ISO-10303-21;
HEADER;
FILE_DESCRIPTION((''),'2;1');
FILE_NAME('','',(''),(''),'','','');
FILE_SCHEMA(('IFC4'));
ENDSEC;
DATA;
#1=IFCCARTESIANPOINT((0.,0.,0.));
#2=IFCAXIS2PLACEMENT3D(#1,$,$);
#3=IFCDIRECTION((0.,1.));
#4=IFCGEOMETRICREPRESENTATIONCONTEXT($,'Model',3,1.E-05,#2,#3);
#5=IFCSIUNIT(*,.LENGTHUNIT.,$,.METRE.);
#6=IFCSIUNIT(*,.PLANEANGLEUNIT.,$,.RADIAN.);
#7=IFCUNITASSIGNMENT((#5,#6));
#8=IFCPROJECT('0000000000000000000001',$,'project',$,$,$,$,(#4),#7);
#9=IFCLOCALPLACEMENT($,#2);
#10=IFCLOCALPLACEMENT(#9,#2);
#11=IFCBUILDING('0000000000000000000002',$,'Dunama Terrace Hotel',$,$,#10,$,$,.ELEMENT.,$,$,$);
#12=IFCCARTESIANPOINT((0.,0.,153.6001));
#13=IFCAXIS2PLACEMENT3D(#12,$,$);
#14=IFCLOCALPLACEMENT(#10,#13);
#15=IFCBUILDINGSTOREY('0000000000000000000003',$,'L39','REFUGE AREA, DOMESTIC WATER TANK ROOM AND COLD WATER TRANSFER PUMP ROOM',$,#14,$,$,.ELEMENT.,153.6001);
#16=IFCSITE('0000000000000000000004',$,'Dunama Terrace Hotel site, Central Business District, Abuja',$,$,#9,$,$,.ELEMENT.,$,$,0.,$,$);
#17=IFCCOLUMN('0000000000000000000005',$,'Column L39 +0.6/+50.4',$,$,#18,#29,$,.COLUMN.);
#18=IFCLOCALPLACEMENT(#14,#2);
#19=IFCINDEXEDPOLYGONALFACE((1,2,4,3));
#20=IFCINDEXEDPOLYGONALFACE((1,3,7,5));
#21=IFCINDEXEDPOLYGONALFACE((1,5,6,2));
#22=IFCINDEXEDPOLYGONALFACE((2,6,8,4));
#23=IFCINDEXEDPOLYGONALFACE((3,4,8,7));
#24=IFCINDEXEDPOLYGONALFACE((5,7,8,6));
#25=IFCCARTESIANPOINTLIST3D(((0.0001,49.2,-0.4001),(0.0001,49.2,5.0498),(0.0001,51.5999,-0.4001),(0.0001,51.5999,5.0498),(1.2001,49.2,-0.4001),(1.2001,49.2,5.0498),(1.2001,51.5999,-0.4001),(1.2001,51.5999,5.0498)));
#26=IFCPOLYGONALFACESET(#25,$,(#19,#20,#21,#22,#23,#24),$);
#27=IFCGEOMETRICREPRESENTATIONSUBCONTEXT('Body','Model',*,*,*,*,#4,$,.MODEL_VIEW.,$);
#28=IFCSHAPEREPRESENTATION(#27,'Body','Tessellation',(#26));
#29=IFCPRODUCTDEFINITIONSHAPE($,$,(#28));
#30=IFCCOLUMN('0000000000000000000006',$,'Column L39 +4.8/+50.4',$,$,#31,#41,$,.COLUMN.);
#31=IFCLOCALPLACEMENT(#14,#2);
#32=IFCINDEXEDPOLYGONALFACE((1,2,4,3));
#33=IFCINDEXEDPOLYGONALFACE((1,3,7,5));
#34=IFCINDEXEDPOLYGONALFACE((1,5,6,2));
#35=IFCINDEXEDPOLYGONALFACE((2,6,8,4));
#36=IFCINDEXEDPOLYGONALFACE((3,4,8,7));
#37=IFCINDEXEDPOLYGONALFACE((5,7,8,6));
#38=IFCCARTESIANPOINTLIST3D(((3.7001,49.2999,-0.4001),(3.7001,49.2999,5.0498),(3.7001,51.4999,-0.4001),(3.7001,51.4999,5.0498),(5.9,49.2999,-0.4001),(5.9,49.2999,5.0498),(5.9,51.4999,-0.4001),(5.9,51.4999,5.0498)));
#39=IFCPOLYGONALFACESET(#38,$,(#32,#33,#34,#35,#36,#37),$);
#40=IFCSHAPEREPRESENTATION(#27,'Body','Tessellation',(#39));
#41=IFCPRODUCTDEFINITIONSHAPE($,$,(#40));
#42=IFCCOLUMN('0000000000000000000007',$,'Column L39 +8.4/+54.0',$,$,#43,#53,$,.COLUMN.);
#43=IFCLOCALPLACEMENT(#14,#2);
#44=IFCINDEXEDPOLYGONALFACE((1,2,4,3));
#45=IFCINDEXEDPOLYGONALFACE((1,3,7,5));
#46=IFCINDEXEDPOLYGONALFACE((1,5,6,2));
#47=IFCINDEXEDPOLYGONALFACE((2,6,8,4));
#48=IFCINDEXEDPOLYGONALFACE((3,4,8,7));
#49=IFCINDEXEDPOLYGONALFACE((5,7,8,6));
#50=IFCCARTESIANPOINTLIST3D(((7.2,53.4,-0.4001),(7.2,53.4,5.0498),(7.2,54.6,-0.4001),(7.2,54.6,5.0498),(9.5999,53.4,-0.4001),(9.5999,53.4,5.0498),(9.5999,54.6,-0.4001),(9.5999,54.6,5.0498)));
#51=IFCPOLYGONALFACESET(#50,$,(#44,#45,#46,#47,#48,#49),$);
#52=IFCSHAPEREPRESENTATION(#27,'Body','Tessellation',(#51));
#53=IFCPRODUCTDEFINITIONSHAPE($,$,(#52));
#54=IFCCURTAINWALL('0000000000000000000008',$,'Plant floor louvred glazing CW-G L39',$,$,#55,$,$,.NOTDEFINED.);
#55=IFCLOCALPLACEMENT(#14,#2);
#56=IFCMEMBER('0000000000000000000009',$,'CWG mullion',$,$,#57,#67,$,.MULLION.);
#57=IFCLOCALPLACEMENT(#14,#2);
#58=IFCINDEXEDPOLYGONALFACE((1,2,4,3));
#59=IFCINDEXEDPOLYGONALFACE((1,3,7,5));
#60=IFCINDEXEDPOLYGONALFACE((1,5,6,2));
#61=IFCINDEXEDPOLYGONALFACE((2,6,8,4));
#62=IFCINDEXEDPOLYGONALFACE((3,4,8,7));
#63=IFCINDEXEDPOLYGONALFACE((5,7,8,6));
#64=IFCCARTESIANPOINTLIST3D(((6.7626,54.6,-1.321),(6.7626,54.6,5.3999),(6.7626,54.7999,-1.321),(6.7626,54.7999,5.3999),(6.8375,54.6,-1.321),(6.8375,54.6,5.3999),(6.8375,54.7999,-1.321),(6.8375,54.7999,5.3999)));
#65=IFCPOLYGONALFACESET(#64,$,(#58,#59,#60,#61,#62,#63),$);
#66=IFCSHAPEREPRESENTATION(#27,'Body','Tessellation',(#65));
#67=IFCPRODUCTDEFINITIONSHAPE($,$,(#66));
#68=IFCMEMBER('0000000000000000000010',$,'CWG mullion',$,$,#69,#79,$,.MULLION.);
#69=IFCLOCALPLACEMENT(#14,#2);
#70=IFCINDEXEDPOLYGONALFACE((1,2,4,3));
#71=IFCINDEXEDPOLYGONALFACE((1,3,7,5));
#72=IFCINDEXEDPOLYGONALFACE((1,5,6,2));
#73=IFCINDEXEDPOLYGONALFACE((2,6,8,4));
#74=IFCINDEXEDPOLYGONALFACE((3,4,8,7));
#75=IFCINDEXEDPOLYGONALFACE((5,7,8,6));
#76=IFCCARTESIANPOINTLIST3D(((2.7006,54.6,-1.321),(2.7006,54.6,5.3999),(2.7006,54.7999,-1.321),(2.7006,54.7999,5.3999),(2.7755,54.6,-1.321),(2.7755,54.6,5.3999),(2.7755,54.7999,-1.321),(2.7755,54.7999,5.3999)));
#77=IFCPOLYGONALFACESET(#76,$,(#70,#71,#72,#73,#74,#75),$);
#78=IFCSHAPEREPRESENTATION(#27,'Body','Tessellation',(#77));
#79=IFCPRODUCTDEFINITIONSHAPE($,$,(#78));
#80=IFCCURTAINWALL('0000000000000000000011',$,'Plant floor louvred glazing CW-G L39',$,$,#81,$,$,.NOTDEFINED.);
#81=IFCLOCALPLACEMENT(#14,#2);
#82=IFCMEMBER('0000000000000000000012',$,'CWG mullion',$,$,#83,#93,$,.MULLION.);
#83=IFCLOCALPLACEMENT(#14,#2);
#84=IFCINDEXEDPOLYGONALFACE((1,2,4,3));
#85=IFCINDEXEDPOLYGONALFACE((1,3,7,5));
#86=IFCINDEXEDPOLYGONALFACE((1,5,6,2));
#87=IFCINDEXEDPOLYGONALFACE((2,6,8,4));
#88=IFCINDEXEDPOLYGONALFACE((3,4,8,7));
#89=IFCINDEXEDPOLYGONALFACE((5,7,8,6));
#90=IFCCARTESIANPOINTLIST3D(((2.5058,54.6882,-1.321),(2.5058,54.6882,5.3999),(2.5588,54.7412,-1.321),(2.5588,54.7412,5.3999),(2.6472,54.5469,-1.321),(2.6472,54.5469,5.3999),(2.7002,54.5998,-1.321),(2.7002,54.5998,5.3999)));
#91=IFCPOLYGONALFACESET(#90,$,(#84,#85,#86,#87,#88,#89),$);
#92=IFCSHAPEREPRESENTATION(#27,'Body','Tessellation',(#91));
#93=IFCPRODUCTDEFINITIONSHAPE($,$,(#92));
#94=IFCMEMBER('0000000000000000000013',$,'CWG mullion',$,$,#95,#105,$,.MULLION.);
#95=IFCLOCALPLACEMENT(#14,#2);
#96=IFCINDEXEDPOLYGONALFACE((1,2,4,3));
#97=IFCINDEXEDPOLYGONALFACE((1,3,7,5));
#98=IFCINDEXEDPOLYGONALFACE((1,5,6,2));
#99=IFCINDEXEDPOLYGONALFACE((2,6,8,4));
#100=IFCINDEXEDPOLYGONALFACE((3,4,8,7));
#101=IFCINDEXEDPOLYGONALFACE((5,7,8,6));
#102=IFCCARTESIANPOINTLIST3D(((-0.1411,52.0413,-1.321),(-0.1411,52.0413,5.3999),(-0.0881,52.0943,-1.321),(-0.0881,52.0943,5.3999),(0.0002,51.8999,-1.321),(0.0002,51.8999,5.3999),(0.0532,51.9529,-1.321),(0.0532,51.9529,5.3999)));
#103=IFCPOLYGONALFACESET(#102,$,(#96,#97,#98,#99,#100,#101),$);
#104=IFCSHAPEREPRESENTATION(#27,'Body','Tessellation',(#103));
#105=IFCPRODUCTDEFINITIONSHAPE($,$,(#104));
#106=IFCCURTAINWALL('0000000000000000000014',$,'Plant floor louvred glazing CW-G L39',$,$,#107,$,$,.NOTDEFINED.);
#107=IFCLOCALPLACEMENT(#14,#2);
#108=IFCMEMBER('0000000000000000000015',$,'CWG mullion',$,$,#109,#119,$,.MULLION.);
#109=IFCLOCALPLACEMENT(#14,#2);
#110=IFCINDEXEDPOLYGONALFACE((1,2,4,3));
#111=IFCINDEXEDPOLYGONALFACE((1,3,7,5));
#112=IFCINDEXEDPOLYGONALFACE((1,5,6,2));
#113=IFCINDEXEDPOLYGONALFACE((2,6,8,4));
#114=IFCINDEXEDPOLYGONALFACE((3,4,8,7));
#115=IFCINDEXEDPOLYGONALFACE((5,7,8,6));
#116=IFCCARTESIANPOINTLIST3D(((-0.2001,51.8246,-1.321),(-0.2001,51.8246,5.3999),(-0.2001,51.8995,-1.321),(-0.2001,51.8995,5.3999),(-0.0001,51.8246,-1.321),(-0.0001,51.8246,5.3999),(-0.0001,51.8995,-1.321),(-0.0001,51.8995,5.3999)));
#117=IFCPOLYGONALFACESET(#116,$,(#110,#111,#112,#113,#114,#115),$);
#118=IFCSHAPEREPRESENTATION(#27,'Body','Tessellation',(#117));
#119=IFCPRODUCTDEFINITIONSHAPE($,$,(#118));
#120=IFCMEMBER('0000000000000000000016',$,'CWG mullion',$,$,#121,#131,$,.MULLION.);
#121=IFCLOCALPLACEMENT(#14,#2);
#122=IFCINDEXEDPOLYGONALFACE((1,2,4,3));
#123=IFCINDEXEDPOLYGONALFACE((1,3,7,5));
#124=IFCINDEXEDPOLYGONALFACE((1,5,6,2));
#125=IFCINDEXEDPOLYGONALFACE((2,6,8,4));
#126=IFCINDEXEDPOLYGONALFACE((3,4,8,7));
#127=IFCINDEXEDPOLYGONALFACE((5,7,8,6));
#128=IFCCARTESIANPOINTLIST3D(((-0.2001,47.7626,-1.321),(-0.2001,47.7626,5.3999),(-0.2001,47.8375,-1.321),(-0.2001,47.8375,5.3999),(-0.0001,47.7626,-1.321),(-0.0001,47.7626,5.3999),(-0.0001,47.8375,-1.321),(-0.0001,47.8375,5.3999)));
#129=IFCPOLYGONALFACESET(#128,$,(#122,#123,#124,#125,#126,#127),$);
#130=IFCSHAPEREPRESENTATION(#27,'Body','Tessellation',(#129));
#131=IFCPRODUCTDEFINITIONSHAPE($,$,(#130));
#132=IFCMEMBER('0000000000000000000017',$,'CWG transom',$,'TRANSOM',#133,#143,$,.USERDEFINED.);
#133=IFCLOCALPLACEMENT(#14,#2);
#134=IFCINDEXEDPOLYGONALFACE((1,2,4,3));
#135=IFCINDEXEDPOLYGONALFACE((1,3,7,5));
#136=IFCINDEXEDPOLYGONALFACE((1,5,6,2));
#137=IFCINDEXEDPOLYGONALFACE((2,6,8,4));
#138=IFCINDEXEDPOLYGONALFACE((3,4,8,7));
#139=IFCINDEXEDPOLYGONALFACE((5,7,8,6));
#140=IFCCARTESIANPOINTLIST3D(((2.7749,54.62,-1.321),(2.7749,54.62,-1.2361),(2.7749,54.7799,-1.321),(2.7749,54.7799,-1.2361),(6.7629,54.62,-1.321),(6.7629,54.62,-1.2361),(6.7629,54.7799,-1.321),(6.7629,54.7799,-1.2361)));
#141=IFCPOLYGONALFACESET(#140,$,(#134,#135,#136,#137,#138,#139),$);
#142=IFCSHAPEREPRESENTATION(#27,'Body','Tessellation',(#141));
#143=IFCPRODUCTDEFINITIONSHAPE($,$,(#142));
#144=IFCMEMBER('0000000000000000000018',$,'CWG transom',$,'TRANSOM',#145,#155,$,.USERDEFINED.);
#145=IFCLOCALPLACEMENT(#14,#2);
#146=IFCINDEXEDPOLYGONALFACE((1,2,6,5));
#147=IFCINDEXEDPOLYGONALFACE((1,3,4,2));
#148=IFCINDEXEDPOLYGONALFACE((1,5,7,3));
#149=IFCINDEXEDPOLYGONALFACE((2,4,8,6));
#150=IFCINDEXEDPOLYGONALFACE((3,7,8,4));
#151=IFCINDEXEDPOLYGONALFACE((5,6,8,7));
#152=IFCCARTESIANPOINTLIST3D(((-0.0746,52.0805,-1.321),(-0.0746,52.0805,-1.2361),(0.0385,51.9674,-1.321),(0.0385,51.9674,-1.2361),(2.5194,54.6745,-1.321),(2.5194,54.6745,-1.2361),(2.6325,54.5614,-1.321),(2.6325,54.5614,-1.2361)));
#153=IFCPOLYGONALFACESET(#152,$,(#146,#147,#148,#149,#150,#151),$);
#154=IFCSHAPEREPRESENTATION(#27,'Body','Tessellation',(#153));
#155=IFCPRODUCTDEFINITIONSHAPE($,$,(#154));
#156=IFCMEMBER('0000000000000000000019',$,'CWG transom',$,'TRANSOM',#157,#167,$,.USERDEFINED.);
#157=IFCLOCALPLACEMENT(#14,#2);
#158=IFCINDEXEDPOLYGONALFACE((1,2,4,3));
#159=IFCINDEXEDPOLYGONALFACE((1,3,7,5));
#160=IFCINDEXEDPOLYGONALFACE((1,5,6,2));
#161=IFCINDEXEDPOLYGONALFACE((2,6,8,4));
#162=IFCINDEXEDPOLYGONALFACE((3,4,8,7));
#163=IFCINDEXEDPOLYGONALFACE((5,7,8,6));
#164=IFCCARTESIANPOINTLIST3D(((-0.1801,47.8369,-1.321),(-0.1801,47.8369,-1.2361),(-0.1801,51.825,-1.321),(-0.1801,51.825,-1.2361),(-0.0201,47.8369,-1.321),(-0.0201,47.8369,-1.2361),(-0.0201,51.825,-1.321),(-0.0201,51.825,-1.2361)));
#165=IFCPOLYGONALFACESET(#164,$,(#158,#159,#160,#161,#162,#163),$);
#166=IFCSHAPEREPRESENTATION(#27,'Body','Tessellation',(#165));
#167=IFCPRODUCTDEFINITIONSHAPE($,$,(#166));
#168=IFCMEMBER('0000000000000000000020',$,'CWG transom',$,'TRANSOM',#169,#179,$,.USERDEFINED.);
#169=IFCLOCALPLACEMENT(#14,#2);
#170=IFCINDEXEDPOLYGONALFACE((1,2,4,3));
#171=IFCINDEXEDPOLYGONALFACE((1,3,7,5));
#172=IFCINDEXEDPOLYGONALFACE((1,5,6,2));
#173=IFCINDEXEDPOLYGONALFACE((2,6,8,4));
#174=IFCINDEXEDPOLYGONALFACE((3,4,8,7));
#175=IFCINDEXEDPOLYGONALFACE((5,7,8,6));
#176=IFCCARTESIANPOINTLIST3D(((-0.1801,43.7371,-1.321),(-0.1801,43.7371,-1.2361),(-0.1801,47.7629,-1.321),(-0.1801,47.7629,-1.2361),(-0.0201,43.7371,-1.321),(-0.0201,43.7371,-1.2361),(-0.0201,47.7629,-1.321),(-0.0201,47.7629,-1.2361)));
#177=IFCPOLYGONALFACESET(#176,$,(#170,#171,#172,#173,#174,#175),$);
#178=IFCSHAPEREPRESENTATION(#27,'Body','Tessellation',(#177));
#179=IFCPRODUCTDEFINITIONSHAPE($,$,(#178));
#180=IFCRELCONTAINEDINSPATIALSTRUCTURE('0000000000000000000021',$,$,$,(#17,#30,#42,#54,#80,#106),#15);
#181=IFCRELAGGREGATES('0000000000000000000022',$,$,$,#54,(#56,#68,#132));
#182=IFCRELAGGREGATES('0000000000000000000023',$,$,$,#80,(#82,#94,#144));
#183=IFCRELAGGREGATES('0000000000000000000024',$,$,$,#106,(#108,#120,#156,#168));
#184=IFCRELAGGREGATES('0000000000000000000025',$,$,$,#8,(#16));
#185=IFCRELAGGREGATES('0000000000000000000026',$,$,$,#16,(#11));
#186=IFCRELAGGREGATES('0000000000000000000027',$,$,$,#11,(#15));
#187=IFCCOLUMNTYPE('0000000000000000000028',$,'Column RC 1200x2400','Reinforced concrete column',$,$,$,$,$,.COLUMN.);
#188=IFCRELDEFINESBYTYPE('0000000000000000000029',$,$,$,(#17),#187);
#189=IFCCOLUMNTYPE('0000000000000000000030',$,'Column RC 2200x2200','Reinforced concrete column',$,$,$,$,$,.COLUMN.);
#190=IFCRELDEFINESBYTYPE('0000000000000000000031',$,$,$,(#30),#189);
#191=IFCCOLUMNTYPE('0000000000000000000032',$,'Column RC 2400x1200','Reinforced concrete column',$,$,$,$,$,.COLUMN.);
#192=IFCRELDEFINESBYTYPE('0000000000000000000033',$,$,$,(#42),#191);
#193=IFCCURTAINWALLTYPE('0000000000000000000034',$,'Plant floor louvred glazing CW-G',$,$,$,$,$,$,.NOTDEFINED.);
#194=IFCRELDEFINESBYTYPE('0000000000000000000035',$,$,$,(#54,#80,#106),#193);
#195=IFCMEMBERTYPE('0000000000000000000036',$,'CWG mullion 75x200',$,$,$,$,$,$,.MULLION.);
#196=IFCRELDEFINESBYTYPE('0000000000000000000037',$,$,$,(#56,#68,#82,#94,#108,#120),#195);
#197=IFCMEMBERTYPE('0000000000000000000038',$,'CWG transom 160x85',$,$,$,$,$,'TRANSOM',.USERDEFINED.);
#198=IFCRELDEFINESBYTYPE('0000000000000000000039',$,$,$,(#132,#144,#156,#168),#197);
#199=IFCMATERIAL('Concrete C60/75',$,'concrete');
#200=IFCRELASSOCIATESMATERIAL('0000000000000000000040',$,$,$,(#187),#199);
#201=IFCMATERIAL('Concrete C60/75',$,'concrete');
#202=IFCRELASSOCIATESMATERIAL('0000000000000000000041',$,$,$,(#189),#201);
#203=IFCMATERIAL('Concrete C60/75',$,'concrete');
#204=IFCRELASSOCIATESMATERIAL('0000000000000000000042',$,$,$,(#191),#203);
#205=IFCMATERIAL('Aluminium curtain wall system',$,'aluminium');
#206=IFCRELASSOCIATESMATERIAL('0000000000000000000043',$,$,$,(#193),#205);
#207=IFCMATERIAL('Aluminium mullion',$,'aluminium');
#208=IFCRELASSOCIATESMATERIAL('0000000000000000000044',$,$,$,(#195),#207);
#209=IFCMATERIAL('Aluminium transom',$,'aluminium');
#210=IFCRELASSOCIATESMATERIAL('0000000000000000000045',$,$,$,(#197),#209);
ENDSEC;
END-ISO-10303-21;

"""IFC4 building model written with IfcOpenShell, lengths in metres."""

from ifc_helpers import new_model, si_unit, direction, frame, origin, origin_2d, place, context, subcontext, project, spatial, rectangle, extrude, material, material_profile, profile_set, type_object, element, aggregate, save


model = new_model("IFC4")

# Units and contexts
model_context = context("Model", 3, precision=1e-05, world=origin(), true_north=direction((0.0, 1.0)))
body_context = subcontext(model_context, "Body", "Model", "MODEL_VIEW")
ifc_project = project(units=[si_unit("LENGTHUNIT", "METRE"), si_unit("PLANEANGLEUNIT", "RADIAN")], contexts=[model_context])

# Site, building, storey
site_placement = place(None, origin())
site = spatial("IfcSite", under=ifc_project, at=site_placement, Name="Dunama Terrace Hotel site, Central Business District, Abuja", CompositionType="ELEMENT", RefElevation=0.0)
building_placement = place(site_placement, origin())
building = spatial("IfcBuilding", under=site, at=building_placement, Name="Dunama Terrace Hotel", CompositionType="ELEMENT")
storey_placement = place(building_placement, frame((0.0, 0.0, 153.6001)))
storey = spatial("IfcBuildingStorey", under=building, at=storey_placement, Name="L39", Description="REFUGE AREA, DOMESTIC WATER TANK ROOM AND COLD WATER TRANSFER PUMP ROOM", CompositionType="ELEMENT", Elevation=153.6001)

# Columns
ifc_material_1 = material(Name="Concrete C60/75", Category="concrete")
ifc_material_profile_1 = material_profile(ifc_material_1, rectangle(XDim=1.2, YDim=2.3999, at=origin_2d()), Name="RC 1200x2400")
ifc_profile_set_1 = profile_set([ifc_material_profile_1], Name="Concrete C60/75")
column_type_1 = type_object("IfcColumnType", Name="Column RC 1200x2400", Description="Reinforced concrete column", PredefinedType="COLUMN", material=ifc_profile_set_1)
column_1_placement = place(storey_placement, frame((0.6001, 50.3999, -0.4001), z_axis=(0.0, 0.0, 1.0), x_axis=(1.0, 0.0, 0.0)))
element("IfcColumn", 1, at=column_1_placement, inside=storey, type_object=column_type_1, Name="Column L39 +0.6/+50.4", PredefinedType="COLUMN", context=body_context, shape_type="SweptSolid", body=[
    extrude(rectangle(XDim=1.2, YDim=2.3999, at=origin_2d()), origin(), (0.0, 0.0, 1.0), 5.45),
])
ifc_material_2 = material(Name="Concrete C60/75", Category="concrete")
ifc_material_profile_2 = material_profile(ifc_material_2, rectangle(XDim=2.2, YDim=2.2, at=origin_2d()), Name="RC 2200x2200")
ifc_profile_set_2 = profile_set([ifc_material_profile_2], Name="Concrete C60/75")
column_type_2 = type_object("IfcColumnType", Name="Column RC 2200x2200", Description="Reinforced concrete column", PredefinedType="COLUMN", material=ifc_profile_set_2)
column_2_placement = place(storey_placement, frame((4.8, 50.3999, -0.4001), z_axis=(0.0, 0.0, 1.0), x_axis=(1.0, 0.0, 0.0)))
element("IfcColumn", 2, at=column_2_placement, inside=storey, type_object=column_type_2, Name="Column L39 +4.8/+50.4", PredefinedType="COLUMN", context=body_context, shape_type="SweptSolid", body=[
    extrude(rectangle(XDim=2.2, YDim=2.2, at=origin_2d()), origin(), (0.0, 0.0, 1.0), 5.45),
])
ifc_material_3 = material(Name="Concrete C60/75", Category="concrete")
ifc_material_profile_3 = material_profile(ifc_material_3, rectangle(XDim=2.3999, YDim=1.2, at=origin_2d()), Name="RC 2400x1200")
ifc_profile_set_3 = profile_set([ifc_material_profile_3], Name="Concrete C60/75")
column_type_3 = type_object("IfcColumnType", Name="Column RC 2400x1200", Description="Reinforced concrete column", PredefinedType="COLUMN", material=ifc_profile_set_3)
column_3_placement = place(storey_placement, frame((8.3999, 54.0, -0.4001), z_axis=(0.0, 0.0, 1.0), x_axis=(1.0, 0.0, 0.0)))
element("IfcColumn", 3, at=column_3_placement, inside=storey, type_object=column_type_3, Name="Column L39 +8.4/+54.0", PredefinedType="COLUMN", context=body_context, shape_type="SweptSolid", body=[
    extrude(rectangle(XDim=2.3999, YDim=1.2, at=origin_2d()), origin(), (0.0, 0.0, 1.0), 5.45),
])

# Curtain walls, members
ifc_material_4 = material(Name="Aluminium curtain wall system", Category="aluminium")
curtain_wall_type = type_object("IfcCurtainWallType", Name="Plant floor louvred glazing CW-G", PredefinedType="NOTDEFINED", material=ifc_material_4)
curtain_wall_1_placement = place(storey_placement, origin())
curtain_wall_1 = element("IfcCurtainWall", 4, at=curtain_wall_1_placement, inside=storey, type_object=curtain_wall_type, Name="Plant floor louvred glazing CW-G L39", PredefinedType="NOTDEFINED")
ifc_material_5 = material(Name="Aluminium mullion", Category="aluminium")
ifc_material_profile_4 = material_profile(ifc_material_5, rectangle(XDim=0.075, YDim=0.2, at=origin_2d()), Name="CWG MULLION 75X200")
ifc_profile_set_4 = profile_set([ifc_material_profile_4], Name="Aluminium mullion")
member_type_1 = type_object("IfcMemberType", Name="CWG mullion 75x200", PredefinedType="MULLION", material=ifc_profile_set_4)
member_1_placement = place(storey_placement, frame((6.8, 54.7, -1.321), z_axis=(0.0, 0.0, 1.0), x_axis=(-1.0, 0.0, 0.0)))
member_1 = element("IfcMember", 5, at=member_1_placement, type_object=member_type_1, Name="CWG mullion", PredefinedType="MULLION", context=body_context, shape_type="SweptSolid", body=[
    extrude(rectangle(XDim=0.075, YDim=0.2, at=origin_2d()), origin(), (0.0, 0.0, 1.0), 6.7209),
])
member_2_placement = place(storey_placement, frame((2.738, 54.7, -1.321), z_axis=(0.0, 0.0, 1.0), x_axis=(-1.0, 0.0, 0.0)))
member_2 = element("IfcMember", 6, at=member_2_placement, type_object=member_type_1, Name="CWG mullion", PredefinedType="MULLION", context=body_context, shape_type="SweptSolid", body=[
    extrude(rectangle(XDim=0.075, YDim=0.2, at=origin_2d()), origin(), (0.0, 0.0, 1.0), 6.7209),
])
curtain_wall_2_placement = place(storey_placement, origin())
curtain_wall_2 = element("IfcCurtainWall", 7, at=curtain_wall_2_placement, inside=storey, type_object=curtain_wall_type, Name="Plant floor louvred glazing CW-G L39", PredefinedType="NOTDEFINED")
member_3_placement = place(storey_placement, frame((2.603, 54.644, -1.321), z_axis=(0.0, 0.0, 1.0), x_axis=(-0.707107, -0.707107, 0.0)))
member_3 = element("IfcMember", 8, at=member_3_placement, type_object=member_type_1, Name="CWG mullion", PredefinedType="MULLION", context=body_context, shape_type="SweptSolid", body=[
    extrude(rectangle(XDim=0.075, YDim=0.2, at=origin_2d()), origin(), (0.0, 0.0, 1.0), 6.7209),
])
member_4_placement = place(storey_placement, frame((-0.0439, 51.9971, -1.321), z_axis=(0.0, 0.0, 1.0), x_axis=(-0.707107, -0.707107, 0.0)))
member_4 = element("IfcMember", 9, at=member_4_placement, type_object=member_type_1, Name="CWG mullion", PredefinedType="MULLION", context=body_context, shape_type="SweptSolid", body=[
    extrude(rectangle(XDim=0.075, YDim=0.2, at=origin_2d()), origin(), (0.0, 0.0, 1.0), 6.7209),
])
curtain_wall_3_placement = place(storey_placement, origin())
curtain_wall_3 = element("IfcCurtainWall", 10, at=curtain_wall_3_placement, inside=storey, type_object=curtain_wall_type, Name="Plant floor louvred glazing CW-G L39", PredefinedType="NOTDEFINED")
member_5_placement = place(storey_placement, frame((-0.1001, 51.8621, -1.321), z_axis=(0.0, 0.0, 1.0), x_axis=(0.0, -1.0, 0.0)))
member_5 = element("IfcMember", 11, at=member_5_placement, type_object=member_type_1, Name="CWG mullion", PredefinedType="MULLION", context=body_context, shape_type="SweptSolid", body=[
    extrude(rectangle(XDim=0.075, YDim=0.2, at=origin_2d()), origin(), (0.0, 0.0, 1.0), 6.7209),
])
member_6_placement = place(storey_placement, frame((-0.1001, 47.8, -1.321), z_axis=(0.0, 0.0, 1.0), x_axis=(0.0, -1.0, 0.0)))
member_6 = element("IfcMember", 12, at=member_6_placement, type_object=member_type_1, Name="CWG mullion", PredefinedType="MULLION", context=body_context, shape_type="SweptSolid", body=[
    extrude(rectangle(XDim=0.075, YDim=0.2, at=origin_2d()), origin(), (0.0, 0.0, 1.0), 6.7209),
])

# Members
ifc_material_6 = material(Name="Aluminium transom", Category="aluminium")
ifc_material_profile_5 = material_profile(ifc_material_6, rectangle(XDim=0.1599, YDim=0.085, at=origin_2d()), Name="CWG TRANSOM 160X85")
ifc_profile_set_5 = profile_set([ifc_material_profile_5], Name="Aluminium transom")
member_type_2 = type_object("IfcMemberType", Name="CWG transom 160x85", ElementType="TRANSOM", PredefinedType="USERDEFINED", material=ifc_profile_set_5)
member_7_placement = place(storey_placement, frame((6.7629, 54.7, -1.2786), z_axis=(-1.0, 0.0, 0.0), x_axis=(0.0, -1.0, 0.0)))
member_7 = element("IfcMember", 13, at=member_7_placement, type_object=member_type_2, Name="CWG transom", ObjectType="TRANSOM", PredefinedType="USERDEFINED", context=body_context, shape_type="SweptSolid", body=[
    extrude(rectangle(XDim=0.1599, YDim=0.085, at=origin_2d()), origin(), (0.0, 0.0, 1.0), 3.988),
])
member_8_placement = place(storey_placement, frame((2.5759, 54.6179, -1.2786), z_axis=(-0.707107, -0.707107, 0.0), x_axis=(0.707107, -0.707107, 0.0)))
member_8 = element("IfcMember", 14, at=member_8_placement, type_object=member_type_2, Name="CWG transom", ObjectType="TRANSOM", PredefinedType="USERDEFINED", context=body_context, shape_type="SweptSolid", body=[
    extrude(rectangle(XDim=0.1599, YDim=0.085, at=origin_2d()), origin(), (0.0, 0.0, 1.0), 3.6685),
])
member_9_placement = place(storey_placement, frame((-0.1001, 51.825, -1.2786), z_axis=(0.0, -1.0, 0.0), x_axis=(1.0, 0.0, 0.0)))
member_9 = element("IfcMember", 15, at=member_9_placement, type_object=member_type_2, Name="CWG transom", ObjectType="TRANSOM", PredefinedType="USERDEFINED", context=body_context, shape_type="SweptSolid", body=[
    extrude(rectangle(XDim=0.1599, YDim=0.085, at=origin_2d()), origin(), (0.0, 0.0, 1.0), 3.988),
])
member_10_placement = place(storey_placement, frame((-0.1001, 47.7629, -1.2786), z_axis=(0.0, -1.0, 0.0), x_axis=(1.0, 0.0, 0.0)))
member_10 = element("IfcMember", 16, at=member_10_placement, type_object=member_type_2, Name="CWG transom", ObjectType="TRANSOM", PredefinedType="USERDEFINED", context=body_context, shape_type="SweptSolid", body=[
    extrude(rectangle(XDim=0.1599, YDim=0.085, at=origin_2d()), origin(), (0.0, 0.0, 1.0), 4.0259),
])

aggregate(curtain_wall_1, [member_1, member_2, member_7])
aggregate(curtain_wall_2, [member_3, member_4, member_8])
aggregate(curtain_wall_3, [member_5, member_6, member_9, member_10])

save(model, "model.ifc")
